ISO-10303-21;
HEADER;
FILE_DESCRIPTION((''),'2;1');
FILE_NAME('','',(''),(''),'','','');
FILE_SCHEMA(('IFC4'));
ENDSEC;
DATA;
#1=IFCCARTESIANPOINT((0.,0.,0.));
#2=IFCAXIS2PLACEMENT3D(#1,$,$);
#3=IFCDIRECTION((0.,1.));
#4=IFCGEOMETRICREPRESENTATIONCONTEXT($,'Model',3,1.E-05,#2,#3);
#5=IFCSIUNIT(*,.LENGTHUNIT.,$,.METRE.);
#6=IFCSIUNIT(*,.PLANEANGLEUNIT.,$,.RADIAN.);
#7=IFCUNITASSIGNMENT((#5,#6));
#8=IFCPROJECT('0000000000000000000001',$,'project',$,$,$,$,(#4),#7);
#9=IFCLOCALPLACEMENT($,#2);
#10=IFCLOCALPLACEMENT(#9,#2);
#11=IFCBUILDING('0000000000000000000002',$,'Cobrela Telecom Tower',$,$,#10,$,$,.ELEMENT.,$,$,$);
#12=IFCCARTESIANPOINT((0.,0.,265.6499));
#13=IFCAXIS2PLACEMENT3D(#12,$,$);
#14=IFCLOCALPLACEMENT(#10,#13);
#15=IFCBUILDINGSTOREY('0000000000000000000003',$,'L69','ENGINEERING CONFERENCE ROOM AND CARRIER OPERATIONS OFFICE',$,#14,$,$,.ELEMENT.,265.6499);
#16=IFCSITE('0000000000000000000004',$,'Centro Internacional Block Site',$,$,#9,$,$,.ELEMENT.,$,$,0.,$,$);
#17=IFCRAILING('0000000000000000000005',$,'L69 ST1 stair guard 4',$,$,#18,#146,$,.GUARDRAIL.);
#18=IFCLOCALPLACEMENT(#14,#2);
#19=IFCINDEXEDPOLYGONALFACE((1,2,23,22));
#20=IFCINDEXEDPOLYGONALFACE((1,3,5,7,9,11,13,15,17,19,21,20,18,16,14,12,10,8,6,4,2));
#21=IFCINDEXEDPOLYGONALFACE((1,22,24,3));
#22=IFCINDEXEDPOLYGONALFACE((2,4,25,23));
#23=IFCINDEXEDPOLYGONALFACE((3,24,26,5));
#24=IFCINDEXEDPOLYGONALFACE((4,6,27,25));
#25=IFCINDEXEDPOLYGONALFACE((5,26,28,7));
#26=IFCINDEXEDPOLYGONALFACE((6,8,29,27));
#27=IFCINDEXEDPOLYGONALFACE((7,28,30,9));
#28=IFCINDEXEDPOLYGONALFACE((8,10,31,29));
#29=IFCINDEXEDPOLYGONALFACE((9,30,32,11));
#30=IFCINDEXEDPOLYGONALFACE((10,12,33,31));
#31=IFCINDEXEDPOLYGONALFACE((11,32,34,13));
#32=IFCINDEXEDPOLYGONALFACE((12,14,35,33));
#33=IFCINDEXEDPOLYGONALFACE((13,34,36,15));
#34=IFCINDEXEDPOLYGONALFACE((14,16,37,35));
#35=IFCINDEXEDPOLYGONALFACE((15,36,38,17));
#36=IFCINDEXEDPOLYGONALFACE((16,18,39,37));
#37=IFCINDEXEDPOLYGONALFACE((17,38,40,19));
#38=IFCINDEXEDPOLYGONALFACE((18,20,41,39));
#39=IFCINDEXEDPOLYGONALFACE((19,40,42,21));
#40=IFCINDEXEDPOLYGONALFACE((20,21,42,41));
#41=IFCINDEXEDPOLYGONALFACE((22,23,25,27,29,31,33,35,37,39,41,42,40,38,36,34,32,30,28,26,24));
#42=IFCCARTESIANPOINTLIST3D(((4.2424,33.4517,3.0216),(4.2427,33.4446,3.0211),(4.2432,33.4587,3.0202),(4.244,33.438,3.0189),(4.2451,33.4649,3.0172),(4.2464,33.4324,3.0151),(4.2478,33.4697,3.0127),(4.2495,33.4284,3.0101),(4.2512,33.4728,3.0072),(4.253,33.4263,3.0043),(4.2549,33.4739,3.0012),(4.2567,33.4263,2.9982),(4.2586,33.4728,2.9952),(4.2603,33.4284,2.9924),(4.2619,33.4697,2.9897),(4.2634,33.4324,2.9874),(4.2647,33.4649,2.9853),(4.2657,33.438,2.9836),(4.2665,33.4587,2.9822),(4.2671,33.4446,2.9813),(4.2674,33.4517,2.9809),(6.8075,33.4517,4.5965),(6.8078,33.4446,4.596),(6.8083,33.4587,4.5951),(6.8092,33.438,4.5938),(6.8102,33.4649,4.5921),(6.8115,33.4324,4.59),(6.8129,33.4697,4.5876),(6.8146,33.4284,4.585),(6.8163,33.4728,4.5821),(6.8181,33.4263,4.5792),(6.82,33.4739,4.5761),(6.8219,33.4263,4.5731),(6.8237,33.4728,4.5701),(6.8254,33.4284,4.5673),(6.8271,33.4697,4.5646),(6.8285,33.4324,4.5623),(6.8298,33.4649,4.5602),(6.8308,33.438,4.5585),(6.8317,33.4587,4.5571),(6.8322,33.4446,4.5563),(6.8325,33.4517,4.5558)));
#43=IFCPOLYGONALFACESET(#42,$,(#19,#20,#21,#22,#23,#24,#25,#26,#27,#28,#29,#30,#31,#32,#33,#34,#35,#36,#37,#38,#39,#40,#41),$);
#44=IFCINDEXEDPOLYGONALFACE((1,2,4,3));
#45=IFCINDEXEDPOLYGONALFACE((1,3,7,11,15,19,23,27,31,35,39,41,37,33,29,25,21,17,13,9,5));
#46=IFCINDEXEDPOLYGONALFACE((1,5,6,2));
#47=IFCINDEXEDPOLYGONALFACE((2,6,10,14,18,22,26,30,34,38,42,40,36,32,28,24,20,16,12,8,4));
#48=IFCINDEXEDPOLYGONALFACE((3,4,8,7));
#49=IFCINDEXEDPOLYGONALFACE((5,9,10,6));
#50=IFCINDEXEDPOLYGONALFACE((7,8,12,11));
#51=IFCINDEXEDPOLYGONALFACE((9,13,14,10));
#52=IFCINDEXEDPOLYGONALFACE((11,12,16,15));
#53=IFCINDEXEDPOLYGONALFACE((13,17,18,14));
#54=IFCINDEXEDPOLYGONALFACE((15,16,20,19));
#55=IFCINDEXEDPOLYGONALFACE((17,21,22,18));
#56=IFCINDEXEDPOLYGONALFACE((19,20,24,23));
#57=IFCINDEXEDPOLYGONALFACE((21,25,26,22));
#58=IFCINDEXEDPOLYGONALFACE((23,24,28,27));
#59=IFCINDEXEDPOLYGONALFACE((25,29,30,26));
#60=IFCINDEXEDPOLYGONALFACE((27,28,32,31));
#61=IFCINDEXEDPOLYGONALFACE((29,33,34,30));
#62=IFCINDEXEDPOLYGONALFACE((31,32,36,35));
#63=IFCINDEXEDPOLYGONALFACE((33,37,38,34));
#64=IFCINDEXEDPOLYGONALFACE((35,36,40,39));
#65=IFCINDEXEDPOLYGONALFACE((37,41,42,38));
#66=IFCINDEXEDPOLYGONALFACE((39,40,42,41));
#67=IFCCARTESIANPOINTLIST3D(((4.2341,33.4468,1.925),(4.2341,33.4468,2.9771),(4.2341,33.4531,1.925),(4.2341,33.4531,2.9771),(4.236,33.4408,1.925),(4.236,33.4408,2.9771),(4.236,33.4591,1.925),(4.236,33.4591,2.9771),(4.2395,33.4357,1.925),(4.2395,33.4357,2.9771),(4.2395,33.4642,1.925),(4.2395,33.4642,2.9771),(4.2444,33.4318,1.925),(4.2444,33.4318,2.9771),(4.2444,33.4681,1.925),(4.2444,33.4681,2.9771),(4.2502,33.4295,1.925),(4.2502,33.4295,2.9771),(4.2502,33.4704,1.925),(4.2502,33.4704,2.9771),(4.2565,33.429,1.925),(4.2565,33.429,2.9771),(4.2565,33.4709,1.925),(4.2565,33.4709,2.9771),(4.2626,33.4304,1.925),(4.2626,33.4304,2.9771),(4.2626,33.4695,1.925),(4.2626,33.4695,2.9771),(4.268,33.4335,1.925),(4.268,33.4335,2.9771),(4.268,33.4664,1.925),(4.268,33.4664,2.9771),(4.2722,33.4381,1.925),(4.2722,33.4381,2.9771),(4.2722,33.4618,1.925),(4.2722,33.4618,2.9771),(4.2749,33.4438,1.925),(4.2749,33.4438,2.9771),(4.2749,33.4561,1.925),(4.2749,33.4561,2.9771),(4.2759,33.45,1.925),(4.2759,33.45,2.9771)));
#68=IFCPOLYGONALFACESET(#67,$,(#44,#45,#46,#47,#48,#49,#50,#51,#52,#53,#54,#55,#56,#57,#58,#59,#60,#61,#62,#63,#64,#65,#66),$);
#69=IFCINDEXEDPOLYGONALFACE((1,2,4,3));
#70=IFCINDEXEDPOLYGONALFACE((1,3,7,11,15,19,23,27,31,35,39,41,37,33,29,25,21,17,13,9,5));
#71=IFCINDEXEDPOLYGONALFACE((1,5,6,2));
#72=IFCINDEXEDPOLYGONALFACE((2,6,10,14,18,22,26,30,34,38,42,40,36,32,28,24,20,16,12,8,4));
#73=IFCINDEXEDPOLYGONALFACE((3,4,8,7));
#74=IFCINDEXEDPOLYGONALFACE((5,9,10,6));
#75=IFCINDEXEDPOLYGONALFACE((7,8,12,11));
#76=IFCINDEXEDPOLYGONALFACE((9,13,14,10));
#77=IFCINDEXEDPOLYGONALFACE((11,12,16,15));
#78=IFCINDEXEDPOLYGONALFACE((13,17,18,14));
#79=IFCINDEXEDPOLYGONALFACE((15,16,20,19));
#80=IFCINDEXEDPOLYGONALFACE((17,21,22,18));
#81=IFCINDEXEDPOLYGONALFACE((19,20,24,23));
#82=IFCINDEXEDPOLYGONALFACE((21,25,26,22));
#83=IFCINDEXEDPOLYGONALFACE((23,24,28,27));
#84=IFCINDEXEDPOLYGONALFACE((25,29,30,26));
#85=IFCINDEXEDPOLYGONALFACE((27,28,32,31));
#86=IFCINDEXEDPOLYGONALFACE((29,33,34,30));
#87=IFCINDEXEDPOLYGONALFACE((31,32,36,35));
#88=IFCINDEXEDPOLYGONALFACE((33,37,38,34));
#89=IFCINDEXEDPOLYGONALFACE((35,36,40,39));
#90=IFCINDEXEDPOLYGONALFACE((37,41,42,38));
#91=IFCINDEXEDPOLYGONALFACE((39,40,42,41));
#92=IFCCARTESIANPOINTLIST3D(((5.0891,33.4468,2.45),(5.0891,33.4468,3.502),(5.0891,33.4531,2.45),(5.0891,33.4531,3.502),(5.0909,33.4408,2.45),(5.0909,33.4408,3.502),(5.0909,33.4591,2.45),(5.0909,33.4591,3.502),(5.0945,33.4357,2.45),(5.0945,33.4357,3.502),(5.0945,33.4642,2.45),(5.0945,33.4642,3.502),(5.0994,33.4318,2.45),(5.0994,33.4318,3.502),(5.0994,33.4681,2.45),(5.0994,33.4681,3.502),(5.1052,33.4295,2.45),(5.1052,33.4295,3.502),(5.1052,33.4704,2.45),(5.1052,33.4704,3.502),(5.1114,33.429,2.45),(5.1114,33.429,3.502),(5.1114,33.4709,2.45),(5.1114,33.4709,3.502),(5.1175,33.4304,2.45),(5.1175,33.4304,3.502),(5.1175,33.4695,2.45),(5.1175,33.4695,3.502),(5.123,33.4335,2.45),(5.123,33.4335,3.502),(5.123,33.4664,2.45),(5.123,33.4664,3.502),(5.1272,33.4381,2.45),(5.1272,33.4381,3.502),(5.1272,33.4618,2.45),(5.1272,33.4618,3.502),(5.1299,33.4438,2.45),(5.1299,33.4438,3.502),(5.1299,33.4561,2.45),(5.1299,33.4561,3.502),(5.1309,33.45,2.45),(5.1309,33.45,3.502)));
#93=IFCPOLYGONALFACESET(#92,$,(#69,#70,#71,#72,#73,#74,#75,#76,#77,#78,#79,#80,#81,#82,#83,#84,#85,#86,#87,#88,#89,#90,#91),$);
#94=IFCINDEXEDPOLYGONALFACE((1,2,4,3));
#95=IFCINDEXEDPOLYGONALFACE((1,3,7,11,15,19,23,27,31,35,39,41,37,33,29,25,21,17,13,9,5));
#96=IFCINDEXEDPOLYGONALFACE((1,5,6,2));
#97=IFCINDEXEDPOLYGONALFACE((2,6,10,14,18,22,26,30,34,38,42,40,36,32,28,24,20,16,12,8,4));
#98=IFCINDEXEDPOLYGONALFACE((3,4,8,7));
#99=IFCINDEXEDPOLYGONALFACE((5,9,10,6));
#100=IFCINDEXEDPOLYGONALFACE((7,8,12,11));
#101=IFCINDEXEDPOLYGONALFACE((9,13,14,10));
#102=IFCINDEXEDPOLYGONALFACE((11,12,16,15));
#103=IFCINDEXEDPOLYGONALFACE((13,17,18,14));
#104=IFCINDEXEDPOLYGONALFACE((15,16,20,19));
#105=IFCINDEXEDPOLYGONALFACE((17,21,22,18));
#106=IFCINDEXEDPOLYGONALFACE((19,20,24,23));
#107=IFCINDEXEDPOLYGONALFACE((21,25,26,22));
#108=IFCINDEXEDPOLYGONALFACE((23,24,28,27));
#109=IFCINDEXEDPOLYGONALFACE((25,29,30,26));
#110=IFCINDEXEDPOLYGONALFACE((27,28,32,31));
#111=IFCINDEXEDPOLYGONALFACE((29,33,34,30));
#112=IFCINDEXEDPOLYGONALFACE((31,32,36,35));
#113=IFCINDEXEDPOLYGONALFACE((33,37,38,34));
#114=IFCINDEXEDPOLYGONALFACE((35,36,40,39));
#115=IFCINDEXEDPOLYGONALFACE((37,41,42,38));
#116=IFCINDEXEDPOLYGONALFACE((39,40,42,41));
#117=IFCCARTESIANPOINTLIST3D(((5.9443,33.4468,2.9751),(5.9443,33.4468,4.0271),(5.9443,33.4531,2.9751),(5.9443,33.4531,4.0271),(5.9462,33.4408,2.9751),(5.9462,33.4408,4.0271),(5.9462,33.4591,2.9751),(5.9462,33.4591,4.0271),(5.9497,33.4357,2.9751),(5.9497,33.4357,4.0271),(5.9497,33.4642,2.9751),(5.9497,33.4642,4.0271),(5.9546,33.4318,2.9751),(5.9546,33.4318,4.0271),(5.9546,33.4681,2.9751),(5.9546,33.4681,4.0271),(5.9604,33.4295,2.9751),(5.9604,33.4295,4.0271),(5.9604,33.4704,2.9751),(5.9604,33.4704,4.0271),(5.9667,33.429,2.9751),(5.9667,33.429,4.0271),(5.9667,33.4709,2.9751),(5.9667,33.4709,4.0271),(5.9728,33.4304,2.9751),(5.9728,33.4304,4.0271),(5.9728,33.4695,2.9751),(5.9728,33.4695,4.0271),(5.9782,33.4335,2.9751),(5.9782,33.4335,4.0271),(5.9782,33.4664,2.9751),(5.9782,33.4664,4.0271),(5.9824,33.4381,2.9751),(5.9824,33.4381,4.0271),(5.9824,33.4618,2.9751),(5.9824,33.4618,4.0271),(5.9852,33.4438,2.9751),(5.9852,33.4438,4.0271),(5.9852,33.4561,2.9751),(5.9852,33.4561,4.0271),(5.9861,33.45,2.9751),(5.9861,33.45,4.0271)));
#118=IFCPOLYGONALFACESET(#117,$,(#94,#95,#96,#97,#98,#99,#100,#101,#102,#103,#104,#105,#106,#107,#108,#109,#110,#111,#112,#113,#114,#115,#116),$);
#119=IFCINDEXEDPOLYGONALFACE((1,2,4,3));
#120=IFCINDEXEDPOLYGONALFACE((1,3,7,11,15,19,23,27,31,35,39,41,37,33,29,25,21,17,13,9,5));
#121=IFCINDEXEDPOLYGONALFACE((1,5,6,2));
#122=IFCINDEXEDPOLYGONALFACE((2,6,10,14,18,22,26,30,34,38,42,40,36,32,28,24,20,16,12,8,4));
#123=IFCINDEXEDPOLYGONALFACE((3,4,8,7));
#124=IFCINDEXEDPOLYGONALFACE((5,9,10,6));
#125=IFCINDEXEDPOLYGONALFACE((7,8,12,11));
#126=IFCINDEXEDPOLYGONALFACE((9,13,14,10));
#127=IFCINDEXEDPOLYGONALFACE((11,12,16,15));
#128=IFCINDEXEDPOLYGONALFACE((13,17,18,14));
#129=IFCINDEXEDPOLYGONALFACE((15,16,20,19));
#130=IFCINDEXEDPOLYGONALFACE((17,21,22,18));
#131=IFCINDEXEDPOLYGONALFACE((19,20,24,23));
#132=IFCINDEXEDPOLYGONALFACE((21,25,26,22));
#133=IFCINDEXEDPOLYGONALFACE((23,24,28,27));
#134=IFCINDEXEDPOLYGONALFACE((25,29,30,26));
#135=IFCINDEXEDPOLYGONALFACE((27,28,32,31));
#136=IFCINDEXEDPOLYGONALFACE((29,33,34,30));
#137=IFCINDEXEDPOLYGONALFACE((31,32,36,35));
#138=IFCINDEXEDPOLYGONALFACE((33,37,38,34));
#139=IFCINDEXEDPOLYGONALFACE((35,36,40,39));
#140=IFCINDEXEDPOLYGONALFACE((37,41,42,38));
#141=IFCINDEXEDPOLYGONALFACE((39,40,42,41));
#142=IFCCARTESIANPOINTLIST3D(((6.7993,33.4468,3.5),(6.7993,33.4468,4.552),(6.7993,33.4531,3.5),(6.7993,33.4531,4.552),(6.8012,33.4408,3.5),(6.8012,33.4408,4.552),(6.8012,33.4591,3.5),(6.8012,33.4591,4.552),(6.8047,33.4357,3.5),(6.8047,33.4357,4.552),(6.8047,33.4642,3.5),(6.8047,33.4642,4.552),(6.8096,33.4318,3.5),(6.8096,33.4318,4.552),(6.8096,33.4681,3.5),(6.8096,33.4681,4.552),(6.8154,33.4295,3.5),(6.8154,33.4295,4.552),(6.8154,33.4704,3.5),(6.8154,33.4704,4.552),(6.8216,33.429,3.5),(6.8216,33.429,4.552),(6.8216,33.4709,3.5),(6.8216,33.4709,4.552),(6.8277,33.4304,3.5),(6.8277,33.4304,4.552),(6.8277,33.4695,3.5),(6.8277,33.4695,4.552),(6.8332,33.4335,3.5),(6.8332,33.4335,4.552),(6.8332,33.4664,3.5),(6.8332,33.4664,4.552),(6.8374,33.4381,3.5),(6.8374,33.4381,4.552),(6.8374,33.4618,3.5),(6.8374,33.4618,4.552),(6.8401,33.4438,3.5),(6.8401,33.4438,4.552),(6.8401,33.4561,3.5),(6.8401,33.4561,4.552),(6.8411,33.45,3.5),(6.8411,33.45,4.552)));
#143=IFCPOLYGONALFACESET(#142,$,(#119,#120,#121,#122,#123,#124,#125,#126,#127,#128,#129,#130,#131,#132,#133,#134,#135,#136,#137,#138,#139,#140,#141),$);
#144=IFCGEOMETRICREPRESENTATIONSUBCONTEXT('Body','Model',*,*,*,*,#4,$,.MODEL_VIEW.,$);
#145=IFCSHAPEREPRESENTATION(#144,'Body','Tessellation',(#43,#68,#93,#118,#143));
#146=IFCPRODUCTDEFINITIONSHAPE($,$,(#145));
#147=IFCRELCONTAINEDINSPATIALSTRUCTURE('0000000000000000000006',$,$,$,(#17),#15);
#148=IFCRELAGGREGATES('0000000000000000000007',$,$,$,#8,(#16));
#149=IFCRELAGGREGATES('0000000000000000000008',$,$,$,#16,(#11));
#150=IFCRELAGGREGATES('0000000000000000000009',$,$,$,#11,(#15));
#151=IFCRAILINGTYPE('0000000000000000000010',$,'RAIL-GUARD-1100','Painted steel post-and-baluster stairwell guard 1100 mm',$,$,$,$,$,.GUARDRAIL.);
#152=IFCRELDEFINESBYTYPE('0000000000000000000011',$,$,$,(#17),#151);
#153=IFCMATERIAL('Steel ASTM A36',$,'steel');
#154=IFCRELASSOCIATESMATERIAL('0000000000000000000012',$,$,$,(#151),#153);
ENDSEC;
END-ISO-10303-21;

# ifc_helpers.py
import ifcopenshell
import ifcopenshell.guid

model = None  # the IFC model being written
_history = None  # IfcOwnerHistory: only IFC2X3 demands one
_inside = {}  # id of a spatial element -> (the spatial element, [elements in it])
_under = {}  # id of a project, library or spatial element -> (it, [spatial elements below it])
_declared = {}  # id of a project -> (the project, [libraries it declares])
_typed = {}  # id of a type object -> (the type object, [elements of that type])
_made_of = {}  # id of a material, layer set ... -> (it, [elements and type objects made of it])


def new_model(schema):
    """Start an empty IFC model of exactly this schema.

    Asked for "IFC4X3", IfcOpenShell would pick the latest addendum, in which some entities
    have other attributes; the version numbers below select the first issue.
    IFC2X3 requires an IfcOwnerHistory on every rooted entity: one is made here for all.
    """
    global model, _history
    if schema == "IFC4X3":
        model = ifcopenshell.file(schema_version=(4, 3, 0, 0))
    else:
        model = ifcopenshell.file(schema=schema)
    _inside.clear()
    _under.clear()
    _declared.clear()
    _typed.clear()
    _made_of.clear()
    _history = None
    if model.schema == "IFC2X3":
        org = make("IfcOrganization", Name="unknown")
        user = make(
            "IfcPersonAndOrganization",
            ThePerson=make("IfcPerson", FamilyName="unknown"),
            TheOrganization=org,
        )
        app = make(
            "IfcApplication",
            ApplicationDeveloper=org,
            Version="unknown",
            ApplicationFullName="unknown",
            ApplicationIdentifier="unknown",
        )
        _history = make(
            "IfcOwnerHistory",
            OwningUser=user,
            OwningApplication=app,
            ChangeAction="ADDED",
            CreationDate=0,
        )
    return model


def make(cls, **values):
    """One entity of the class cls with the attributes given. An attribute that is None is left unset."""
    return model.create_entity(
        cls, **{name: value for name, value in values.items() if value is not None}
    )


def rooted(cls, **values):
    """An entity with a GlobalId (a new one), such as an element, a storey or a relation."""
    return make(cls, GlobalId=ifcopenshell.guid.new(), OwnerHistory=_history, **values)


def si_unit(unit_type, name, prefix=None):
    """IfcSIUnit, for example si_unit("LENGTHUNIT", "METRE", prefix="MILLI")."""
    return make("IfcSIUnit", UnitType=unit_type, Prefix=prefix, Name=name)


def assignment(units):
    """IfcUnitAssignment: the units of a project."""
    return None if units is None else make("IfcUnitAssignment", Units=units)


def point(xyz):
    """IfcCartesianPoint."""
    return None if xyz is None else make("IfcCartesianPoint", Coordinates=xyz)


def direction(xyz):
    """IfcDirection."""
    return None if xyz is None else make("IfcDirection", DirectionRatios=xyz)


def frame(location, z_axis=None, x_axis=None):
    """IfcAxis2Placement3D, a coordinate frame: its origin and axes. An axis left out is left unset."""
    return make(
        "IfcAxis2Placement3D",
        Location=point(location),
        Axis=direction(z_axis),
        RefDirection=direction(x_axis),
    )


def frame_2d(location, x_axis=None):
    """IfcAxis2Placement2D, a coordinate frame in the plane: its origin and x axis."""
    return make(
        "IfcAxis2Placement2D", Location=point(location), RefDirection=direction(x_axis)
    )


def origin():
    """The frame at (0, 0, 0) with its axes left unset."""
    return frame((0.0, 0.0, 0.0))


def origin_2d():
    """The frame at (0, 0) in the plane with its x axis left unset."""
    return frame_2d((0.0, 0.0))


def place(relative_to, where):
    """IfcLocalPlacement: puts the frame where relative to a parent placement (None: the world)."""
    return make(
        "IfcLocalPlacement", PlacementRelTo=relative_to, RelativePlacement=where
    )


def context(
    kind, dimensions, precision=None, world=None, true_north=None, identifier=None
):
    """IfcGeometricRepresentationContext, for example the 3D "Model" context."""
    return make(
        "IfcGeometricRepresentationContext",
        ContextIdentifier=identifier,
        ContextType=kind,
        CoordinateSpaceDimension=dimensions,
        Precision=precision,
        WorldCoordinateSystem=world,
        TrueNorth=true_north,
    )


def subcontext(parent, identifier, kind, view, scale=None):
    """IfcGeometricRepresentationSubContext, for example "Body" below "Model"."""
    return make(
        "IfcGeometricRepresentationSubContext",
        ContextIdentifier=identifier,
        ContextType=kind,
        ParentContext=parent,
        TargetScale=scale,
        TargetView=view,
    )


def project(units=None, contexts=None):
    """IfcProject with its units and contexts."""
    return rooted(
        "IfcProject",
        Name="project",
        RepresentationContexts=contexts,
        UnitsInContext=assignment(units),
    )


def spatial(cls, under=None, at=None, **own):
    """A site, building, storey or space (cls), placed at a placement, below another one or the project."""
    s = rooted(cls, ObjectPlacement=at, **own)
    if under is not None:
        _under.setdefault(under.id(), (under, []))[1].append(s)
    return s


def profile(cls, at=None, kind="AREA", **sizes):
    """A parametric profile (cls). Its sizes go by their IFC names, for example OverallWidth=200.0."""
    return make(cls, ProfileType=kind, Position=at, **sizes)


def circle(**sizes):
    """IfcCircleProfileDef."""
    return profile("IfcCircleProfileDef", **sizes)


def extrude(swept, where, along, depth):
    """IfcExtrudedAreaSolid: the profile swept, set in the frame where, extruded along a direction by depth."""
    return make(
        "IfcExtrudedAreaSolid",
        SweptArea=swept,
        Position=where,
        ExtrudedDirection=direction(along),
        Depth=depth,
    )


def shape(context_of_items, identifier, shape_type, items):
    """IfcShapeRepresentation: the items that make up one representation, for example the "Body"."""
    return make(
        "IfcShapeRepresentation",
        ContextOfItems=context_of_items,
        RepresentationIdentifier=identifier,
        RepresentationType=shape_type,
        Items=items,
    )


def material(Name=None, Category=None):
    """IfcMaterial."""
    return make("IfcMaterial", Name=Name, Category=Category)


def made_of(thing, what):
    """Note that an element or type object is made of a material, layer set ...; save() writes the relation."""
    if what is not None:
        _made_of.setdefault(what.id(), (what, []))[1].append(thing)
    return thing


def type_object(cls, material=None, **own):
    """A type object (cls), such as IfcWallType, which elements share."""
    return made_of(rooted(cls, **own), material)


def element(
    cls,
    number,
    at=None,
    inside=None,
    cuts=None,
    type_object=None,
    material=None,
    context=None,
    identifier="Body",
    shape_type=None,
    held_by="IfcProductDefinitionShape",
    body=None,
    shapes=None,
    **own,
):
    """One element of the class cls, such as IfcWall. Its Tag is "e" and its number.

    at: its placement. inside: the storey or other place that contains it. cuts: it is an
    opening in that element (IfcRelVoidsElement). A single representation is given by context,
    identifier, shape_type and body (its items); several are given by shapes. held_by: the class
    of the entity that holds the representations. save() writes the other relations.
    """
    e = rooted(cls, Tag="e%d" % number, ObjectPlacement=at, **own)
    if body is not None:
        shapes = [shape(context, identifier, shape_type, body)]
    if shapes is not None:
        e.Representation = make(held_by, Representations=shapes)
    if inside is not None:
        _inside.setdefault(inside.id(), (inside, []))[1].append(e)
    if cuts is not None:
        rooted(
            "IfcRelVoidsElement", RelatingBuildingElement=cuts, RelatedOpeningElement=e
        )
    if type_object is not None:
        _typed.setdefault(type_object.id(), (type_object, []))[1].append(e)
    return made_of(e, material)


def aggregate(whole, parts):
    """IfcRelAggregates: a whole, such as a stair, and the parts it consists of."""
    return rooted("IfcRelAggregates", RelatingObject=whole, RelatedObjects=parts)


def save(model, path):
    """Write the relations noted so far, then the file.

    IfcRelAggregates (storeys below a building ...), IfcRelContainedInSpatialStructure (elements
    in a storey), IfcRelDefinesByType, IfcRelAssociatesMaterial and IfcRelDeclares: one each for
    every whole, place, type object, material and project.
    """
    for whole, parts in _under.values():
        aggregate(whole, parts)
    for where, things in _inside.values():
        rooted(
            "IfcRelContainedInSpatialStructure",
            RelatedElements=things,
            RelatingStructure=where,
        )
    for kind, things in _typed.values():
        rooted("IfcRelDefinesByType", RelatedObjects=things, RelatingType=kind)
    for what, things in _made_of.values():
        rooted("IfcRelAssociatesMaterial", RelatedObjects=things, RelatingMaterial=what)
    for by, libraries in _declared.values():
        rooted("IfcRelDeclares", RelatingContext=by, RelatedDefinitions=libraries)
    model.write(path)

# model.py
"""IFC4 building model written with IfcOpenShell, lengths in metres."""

from ifc_helpers import new_model, si_unit, direction, frame, origin, origin_2d, place, context, subcontext, project, spatial, circle, extrude, material, type_object, element, save


model = new_model("IFC4")

# Units and contexts
model_context = context("Model", 3, precision=1e-05, world=origin(), true_north=direction((0.0, 1.0)))
body_context = subcontext(model_context, "Body", "Model", "MODEL_VIEW")
ifc_project = project(units=[si_unit("LENGTHUNIT", "METRE"), si_unit("PLANEANGLEUNIT", "RADIAN")], contexts=[model_context])

# Site, building, storey
site_placement = place(None, origin())
site = spatial("IfcSite", under=ifc_project, at=site_placement, Name="Centro Internacional Block Site", CompositionType="ELEMENT", RefElevation=0.0)
building_placement = place(site_placement, origin())
building = spatial("IfcBuilding", under=site, at=building_placement, Name="Cobrela Telecom Tower", CompositionType="ELEMENT")
storey_placement = place(building_placement, frame((0.0, 0.0, 265.6499)))
storey = spatial("IfcBuildingStorey", under=building, at=storey_placement, Name="L69", Description="ENGINEERING CONFERENCE ROOM AND CARRIER OPERATIONS OFFICE", CompositionType="ELEMENT", Elevation=265.6499)

# Shared definitions
ifc_material_1 = material(Name="Steel ASTM A36", Category="steel")

# Railing
railing_type_1 = type_object("IfcRailingType", Name="RAIL-GUARD-1100", Description="Painted steel post-and-baluster stairwell guard 1100 mm", PredefinedType="GUARDRAIL", material=ifc_material_1)
railing_1_placement = place(storey_placement, frame((4.2549, 33.45, 1.925)))
element("IfcRailing", 1, at=railing_1_placement, inside=storey, type_object=railing_type_1, Name="L69 ST1 stair guard 4", PredefinedType="GUARDRAIL", context=body_context, shape_type="SweptSolid", body=[
    extrude(circle(Radius=0.0239, at=origin_2d()), frame((0.0, 0.0, 1.0762), z_axis=(0.852195, 0.0, 0.523224), x_axis=(0.0, 1.0, 0.0)), (0.0, 0.0, 1.0), 3.01),
    extrude(circle(Radius=0.021, at=origin_2d()), origin(), (0.0, 0.0, 1.0), 1.052),
    extrude(circle(Radius=0.021, at=origin_2d()), frame((0.855, 0.0, 0.5249)), (0.0, 0.0, 1.0), 1.052),
    extrude(circle(Radius=0.021, at=origin_2d()), frame((1.7102, 0.0, 1.05)), (0.0, 0.0, 1.0), 1.052),
    extrude(circle(Radius=0.021, at=origin_2d()), frame((2.5652, 0.0, 1.575)), (0.0, 0.0, 1.0), 1.052),
])

save(model, "model.ifc")
